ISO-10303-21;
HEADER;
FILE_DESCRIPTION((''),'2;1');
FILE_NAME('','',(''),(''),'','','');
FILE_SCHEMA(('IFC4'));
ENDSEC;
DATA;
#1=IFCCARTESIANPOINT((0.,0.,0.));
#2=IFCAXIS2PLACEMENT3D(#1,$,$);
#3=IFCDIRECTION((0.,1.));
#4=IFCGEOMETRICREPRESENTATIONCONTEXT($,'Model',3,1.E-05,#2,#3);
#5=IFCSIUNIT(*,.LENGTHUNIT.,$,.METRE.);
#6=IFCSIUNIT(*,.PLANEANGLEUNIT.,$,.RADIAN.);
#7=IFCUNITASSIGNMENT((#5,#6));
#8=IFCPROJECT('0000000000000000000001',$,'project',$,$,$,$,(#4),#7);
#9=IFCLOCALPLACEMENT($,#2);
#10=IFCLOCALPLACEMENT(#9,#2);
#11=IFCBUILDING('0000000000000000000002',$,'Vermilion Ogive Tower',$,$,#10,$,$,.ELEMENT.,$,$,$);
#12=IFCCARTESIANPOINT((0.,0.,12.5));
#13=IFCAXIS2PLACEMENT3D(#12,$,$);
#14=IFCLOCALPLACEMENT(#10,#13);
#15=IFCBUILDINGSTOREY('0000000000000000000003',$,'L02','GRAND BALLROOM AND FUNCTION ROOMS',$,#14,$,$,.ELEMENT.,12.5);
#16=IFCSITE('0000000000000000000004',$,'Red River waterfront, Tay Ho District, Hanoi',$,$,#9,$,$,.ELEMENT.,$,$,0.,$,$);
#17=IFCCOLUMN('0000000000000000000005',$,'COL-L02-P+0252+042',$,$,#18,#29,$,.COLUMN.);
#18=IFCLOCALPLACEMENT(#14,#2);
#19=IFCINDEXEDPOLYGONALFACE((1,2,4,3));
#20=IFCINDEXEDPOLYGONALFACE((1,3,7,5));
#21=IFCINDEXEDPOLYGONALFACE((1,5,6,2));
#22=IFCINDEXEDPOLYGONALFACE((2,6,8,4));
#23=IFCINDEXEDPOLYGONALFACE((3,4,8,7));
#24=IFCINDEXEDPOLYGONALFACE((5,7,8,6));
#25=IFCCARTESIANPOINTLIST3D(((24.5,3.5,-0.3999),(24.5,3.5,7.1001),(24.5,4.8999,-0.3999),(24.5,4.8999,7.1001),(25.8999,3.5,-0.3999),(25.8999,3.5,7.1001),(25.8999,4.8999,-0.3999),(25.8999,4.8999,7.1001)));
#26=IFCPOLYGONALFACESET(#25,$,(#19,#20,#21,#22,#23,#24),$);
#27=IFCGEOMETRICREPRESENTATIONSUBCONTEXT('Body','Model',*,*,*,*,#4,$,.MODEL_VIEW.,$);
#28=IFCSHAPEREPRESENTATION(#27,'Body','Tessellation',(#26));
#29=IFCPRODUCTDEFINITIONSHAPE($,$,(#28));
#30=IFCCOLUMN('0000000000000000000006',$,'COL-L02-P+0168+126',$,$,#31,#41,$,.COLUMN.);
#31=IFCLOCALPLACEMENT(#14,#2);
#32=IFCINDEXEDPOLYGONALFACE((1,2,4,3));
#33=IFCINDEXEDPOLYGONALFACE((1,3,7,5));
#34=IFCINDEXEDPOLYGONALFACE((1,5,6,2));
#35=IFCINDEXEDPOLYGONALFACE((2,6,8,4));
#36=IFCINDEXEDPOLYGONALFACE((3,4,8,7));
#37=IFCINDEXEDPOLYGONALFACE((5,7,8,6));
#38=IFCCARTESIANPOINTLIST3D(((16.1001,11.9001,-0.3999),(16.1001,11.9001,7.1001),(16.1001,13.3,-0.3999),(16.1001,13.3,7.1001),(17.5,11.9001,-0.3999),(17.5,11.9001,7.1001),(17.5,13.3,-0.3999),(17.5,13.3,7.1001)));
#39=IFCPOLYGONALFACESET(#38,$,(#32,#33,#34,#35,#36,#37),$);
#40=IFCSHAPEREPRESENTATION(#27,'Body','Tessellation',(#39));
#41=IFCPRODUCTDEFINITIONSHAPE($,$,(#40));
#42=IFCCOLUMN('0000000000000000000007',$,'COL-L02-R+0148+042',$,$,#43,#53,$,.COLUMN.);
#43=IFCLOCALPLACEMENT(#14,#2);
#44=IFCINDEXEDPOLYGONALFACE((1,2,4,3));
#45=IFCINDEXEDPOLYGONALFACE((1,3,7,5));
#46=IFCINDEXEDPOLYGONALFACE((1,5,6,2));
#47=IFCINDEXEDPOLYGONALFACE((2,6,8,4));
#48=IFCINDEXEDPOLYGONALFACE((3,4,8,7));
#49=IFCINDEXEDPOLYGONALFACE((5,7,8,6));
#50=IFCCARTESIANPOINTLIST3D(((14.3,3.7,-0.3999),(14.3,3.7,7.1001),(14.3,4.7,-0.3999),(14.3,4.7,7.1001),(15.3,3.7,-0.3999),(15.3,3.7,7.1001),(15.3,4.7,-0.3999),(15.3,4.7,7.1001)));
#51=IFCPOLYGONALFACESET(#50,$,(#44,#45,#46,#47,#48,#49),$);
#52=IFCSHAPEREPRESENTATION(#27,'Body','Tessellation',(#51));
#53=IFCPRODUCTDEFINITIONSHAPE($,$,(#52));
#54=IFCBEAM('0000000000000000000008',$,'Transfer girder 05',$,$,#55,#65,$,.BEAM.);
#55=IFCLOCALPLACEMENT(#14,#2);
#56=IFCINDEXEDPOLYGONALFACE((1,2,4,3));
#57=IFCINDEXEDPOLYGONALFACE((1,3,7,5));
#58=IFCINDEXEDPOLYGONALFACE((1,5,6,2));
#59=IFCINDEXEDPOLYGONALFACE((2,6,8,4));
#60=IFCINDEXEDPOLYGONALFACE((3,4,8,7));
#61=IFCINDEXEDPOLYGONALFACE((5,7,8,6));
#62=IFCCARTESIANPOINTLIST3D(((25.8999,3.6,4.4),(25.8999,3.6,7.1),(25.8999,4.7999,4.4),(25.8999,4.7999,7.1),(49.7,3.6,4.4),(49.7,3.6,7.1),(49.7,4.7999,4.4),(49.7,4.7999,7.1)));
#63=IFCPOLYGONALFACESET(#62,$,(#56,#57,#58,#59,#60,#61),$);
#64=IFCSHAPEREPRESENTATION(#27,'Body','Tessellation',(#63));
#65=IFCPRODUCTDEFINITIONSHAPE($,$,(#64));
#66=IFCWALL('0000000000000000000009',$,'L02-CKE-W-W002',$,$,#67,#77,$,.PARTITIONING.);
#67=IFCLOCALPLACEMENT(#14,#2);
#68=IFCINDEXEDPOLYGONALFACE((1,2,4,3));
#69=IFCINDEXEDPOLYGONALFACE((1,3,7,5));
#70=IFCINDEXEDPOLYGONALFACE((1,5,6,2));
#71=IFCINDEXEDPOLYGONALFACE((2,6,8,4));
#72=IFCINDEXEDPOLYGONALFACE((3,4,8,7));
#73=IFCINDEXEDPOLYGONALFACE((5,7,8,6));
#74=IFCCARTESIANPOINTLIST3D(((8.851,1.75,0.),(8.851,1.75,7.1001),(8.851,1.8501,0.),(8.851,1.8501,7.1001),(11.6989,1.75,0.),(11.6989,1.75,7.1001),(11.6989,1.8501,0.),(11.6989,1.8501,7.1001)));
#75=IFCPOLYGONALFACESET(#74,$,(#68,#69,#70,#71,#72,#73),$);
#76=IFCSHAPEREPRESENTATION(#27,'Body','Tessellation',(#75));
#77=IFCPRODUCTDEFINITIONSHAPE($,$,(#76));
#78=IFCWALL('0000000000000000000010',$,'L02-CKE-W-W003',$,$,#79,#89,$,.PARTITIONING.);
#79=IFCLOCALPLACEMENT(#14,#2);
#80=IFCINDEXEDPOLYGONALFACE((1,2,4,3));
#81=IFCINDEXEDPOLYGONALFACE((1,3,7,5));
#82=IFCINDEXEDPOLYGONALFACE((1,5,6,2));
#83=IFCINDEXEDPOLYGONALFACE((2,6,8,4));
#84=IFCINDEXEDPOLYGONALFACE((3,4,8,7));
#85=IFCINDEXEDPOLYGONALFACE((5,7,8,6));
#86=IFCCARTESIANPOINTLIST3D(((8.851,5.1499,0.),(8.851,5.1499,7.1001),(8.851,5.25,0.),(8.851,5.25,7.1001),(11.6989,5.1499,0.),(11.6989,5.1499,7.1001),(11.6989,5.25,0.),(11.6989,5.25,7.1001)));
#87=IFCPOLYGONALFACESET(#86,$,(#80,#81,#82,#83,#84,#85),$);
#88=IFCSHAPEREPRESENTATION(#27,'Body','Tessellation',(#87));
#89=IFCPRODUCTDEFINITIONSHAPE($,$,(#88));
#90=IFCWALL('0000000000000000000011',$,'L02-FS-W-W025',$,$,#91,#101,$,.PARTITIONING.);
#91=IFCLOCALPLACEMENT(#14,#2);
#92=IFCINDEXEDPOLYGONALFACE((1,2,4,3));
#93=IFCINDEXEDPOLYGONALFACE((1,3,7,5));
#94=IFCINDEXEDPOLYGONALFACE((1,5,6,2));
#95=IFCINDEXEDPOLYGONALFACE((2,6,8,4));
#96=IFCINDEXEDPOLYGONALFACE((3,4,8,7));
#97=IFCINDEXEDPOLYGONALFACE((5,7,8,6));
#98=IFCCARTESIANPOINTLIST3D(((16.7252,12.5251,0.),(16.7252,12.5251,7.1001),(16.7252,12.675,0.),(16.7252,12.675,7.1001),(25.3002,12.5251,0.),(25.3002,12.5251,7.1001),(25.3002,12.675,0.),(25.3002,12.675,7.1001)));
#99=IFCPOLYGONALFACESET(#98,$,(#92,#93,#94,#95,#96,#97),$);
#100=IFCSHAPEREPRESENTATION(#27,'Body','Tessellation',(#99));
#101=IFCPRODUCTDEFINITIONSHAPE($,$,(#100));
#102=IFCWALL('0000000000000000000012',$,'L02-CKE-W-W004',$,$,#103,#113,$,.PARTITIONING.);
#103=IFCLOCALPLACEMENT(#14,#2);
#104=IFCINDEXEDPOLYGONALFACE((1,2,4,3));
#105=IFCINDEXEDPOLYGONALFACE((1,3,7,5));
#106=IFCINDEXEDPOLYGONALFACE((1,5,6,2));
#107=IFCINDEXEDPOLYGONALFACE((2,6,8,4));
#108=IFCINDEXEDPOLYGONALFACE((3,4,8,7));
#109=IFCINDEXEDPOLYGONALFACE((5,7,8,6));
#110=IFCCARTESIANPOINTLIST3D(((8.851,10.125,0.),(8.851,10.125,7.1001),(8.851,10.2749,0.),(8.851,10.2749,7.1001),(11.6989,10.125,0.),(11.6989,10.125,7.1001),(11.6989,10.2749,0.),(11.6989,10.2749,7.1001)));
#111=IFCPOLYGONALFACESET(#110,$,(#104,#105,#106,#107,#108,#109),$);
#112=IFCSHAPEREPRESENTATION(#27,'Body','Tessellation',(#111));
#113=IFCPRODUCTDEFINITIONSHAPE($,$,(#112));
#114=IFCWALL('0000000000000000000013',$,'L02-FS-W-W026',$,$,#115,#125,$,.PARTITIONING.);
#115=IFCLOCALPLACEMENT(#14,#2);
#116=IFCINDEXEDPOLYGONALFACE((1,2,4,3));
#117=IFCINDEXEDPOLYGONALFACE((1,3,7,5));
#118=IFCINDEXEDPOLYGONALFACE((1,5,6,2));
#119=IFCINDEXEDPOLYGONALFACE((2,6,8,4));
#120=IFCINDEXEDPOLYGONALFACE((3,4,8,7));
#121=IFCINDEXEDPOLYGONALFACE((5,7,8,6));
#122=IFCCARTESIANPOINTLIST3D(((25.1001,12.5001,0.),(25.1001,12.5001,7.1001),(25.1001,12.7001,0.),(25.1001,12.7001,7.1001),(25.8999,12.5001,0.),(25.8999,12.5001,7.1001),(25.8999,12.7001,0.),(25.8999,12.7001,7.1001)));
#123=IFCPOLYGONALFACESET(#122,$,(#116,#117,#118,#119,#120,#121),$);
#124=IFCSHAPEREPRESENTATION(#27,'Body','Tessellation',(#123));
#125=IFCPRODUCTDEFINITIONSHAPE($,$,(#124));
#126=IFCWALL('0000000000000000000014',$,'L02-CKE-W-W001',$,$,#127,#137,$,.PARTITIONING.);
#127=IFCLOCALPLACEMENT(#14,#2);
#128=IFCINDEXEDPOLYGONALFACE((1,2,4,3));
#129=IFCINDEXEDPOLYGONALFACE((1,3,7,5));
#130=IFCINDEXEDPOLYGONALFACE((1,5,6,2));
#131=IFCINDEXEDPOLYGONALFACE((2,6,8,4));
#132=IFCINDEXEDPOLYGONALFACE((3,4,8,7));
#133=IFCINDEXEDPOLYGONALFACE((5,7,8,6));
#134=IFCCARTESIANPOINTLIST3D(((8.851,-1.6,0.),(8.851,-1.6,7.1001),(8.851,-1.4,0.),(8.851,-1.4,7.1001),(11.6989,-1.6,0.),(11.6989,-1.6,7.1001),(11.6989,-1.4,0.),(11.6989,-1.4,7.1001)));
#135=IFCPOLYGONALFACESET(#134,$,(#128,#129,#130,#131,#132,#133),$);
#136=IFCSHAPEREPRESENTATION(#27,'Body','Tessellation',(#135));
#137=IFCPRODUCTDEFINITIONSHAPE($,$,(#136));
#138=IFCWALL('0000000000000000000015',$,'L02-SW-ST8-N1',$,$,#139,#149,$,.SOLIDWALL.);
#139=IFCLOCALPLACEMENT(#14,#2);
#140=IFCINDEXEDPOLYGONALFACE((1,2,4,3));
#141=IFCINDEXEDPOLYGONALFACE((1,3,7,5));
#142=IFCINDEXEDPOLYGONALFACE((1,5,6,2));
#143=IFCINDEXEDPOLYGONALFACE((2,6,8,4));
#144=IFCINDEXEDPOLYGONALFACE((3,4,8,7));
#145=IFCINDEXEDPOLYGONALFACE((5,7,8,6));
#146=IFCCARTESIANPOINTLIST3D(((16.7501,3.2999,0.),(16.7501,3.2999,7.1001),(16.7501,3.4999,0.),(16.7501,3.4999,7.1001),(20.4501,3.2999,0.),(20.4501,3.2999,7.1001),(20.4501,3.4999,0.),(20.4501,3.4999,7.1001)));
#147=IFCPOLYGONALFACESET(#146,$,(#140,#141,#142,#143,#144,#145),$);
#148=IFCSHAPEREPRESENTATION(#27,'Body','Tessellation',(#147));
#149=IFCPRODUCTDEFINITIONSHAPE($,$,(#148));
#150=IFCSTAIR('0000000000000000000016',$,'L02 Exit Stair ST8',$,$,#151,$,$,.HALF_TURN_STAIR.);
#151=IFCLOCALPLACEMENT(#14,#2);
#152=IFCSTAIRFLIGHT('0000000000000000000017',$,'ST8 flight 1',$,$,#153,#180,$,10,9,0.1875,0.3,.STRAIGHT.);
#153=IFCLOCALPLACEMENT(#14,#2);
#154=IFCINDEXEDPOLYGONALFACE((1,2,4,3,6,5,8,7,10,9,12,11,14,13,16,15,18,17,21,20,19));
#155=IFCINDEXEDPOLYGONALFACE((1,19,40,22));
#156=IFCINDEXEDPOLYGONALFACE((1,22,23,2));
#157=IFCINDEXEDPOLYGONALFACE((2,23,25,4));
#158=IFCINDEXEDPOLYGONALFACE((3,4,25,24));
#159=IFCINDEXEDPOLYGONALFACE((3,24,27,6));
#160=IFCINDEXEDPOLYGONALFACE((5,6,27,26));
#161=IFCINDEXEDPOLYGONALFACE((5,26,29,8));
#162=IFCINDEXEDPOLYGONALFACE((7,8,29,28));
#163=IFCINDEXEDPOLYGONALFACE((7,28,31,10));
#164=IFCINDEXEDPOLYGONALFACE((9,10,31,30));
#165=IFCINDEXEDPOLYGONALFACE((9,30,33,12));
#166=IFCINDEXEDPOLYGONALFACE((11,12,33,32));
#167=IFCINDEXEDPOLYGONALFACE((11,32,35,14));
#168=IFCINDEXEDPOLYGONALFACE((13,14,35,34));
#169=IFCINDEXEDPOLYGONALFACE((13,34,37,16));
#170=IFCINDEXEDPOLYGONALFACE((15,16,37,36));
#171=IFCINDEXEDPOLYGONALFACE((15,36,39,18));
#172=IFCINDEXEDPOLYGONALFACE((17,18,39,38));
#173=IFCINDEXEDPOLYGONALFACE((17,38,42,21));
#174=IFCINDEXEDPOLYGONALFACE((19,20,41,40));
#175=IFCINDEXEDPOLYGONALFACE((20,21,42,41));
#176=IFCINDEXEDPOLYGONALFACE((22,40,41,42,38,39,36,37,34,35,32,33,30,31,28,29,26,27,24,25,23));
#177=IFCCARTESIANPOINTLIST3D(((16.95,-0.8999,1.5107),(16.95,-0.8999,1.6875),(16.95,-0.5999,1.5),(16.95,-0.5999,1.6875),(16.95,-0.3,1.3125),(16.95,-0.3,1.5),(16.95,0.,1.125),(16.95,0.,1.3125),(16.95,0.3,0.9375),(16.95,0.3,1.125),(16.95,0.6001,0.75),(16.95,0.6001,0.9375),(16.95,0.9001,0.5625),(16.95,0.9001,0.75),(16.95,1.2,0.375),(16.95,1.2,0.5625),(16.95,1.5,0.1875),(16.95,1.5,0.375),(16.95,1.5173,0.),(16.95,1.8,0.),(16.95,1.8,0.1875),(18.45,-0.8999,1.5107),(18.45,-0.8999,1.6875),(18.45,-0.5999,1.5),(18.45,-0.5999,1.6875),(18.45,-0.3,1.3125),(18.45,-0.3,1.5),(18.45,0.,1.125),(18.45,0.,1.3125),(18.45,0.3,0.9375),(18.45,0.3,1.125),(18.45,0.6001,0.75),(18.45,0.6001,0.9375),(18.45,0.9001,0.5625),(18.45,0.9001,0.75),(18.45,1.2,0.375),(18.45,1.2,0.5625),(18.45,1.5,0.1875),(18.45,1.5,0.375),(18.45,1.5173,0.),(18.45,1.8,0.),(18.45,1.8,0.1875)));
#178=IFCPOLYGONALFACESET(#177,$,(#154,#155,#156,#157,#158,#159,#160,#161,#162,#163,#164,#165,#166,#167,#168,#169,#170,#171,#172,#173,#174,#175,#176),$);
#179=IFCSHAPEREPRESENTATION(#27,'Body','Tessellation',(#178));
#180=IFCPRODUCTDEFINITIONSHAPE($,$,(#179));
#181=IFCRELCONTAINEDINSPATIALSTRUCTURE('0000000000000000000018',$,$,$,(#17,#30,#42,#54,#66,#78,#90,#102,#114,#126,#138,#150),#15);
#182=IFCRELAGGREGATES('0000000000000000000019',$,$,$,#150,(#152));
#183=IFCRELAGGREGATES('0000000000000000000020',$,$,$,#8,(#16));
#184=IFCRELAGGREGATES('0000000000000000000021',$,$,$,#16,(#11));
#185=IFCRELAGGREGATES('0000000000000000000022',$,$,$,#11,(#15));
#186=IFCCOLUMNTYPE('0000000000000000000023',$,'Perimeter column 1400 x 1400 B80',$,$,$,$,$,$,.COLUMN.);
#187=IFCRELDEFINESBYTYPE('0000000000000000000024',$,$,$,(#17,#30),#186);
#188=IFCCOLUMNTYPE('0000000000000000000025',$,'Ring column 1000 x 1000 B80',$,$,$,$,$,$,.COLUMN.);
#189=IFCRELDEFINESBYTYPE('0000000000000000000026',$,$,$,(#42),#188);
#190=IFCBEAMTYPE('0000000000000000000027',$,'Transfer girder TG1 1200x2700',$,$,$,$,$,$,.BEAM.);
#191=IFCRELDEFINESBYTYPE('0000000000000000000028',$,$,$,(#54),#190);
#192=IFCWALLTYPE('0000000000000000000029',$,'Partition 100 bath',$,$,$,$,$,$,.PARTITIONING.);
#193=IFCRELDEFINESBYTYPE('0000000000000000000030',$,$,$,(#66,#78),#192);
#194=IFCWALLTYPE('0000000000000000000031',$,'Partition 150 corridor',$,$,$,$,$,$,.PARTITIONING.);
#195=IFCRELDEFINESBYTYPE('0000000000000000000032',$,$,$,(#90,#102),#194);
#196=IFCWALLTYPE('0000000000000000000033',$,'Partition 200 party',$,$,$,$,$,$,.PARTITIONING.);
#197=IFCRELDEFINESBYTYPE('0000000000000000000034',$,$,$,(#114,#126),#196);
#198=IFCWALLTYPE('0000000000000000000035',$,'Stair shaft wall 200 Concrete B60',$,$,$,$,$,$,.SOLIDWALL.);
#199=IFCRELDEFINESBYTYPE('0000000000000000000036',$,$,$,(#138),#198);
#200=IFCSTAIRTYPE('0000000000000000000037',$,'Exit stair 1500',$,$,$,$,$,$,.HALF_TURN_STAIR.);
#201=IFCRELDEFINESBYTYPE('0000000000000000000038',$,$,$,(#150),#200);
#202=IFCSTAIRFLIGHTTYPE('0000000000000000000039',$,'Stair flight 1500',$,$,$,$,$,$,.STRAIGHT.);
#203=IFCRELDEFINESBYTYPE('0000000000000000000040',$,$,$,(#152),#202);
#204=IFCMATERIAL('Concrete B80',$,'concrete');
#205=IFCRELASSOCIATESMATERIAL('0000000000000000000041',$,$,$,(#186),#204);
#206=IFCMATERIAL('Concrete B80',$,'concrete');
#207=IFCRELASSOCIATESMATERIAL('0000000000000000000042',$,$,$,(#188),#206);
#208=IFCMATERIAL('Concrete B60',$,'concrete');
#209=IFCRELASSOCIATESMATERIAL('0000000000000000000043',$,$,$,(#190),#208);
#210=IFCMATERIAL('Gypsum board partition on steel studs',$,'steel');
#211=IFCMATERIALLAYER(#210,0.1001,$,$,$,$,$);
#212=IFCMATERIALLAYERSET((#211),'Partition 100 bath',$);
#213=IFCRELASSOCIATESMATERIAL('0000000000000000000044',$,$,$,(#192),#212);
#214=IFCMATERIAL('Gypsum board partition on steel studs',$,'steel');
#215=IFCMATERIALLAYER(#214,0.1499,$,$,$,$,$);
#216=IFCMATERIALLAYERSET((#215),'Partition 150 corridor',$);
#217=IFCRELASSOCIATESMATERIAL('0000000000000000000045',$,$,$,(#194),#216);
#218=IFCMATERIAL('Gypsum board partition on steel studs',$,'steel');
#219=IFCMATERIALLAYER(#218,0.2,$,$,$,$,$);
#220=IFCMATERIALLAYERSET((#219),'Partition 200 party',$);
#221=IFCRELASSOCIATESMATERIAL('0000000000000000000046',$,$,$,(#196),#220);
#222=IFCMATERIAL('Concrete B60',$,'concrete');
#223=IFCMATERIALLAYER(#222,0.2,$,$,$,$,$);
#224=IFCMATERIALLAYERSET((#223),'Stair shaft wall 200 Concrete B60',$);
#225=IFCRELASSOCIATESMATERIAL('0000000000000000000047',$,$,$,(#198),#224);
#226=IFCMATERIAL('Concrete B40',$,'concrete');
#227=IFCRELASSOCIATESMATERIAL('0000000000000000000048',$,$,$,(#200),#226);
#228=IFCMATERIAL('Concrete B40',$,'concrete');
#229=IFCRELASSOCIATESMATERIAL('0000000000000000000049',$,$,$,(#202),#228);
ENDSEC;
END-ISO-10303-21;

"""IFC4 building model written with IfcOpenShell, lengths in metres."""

from ifc_helpers import new_model, si_unit, direction, frame, frame_2d, origin, origin_2d, place, context, subcontext, project, spatial, polyline, rectangle, outline, extrude, material, layer, layer_set, material_profile, profile_set, type_object, element, aggregate, save


model = new_model("IFC4")

# Units and contexts
model_context = context("Model", 3, precision=1e-05, world=origin(), true_north=direction((0.0, 1.0)))
body_context = subcontext(model_context, "Body", "Model", "MODEL_VIEW")
ifc_project = project(units=[si_unit("LENGTHUNIT", "METRE"), si_unit("PLANEANGLEUNIT", "RADIAN")], contexts=[model_context])

# Site, building, storey
site_placement = place(None, origin())
site = spatial("IfcSite", under=ifc_project, at=site_placement, Name="Red River waterfront, Tay Ho District, Hanoi", CompositionType="ELEMENT", RefElevation=0.0)
building_placement = place(site_placement, origin())
building = spatial("IfcBuilding", under=site, at=building_placement, Name="Vermilion Ogive Tower", CompositionType="ELEMENT")
storey_placement = place(building_placement, frame((0.0, 0.0, 12.5)))
storey = spatial("IfcBuildingStorey", under=building, at=storey_placement, Name="L02", Description="GRAND BALLROOM AND FUNCTION ROOMS", CompositionType="ELEMENT", Elevation=12.5)

# Columns
ifc_material_1 = material(Name="Concrete B80", Category="concrete")
ifc_material_profile_1 = material_profile(ifc_material_1, rectangle(XDim=1.3999, YDim=1.3999, at=origin_2d()), Name="1400 x 1400")
ifc_profile_set_1 = profile_set([ifc_material_profile_1], Name="Concrete B80")
column_type_1 = type_object("IfcColumnType", Name="Perimeter column 1400 x 1400 B80", PredefinedType="COLUMN", material=ifc_profile_set_1)
for number, where, z_axis, x_axis, name in (
    (1, (25.2, 4.2, -0.3999), (0.0, 0.0, 1.0), (1.0, 0.0, 0.0), "COL-L02-P+0252+042"),
    (2, (16.8, 12.6001, -0.3999), (0.0, 0.0, 1.0), (1.0, 0.0, 0.0), "COL-L02-P+0168+126"),
):
    element("IfcColumn", number, at=place(storey_placement, frame(where, z_axis=z_axis, x_axis=x_axis)), inside=storey, type_object=column_type_1, Name=name, PredefinedType="COLUMN", context=body_context, shape_type="SweptSolid", body=[
        extrude(rectangle(XDim=1.3999, YDim=1.3999, at=origin_2d()), origin(), (0.0, 0.0, 1.0), 7.5),
    ])
ifc_material_2 = material(Name="Concrete B80", Category="concrete")
ifc_material_profile_2 = material_profile(ifc_material_2, rectangle(XDim=1.0, YDim=1.0, at=origin_2d()), Name="1000 x 1000")
ifc_profile_set_2 = profile_set([ifc_material_profile_2], Name="Concrete B80")
column_type_2 = type_object("IfcColumnType", Name="Ring column 1000 x 1000 B80", PredefinedType="COLUMN", material=ifc_profile_set_2)
column_placement = place(storey_placement, frame((14.8, 4.2, -0.3999), z_axis=(0.0, 0.0, 1.0), x_axis=(1.0, 0.0, 0.0)))
element("IfcColumn", 3, at=column_placement, inside=storey, type_object=column_type_2, Name="COL-L02-R+0148+042", PredefinedType="COLUMN", context=body_context, shape_type="SweptSolid", body=[
    extrude(rectangle(XDim=1.0, YDim=1.0, at=origin_2d()), origin(), (0.0, 0.0, 1.0), 7.5),
])

# Beam
ifc_material_3 = material(Name="Concrete B60", Category="concrete")
ifc_material_profile_3 = material_profile(ifc_material_3, rectangle(XDim=1.2, YDim=2.7, at=origin_2d()), Name="RC 1200x2700")
ifc_profile_set_3 = profile_set([ifc_material_profile_3], Name="Concrete B60")
beam_type = type_object("IfcBeamType", Name="Transfer girder TG1 1200x2700", PredefinedType="BEAM", material=ifc_profile_set_3)
beam_placement = place(storey_placement, frame((25.8999, 4.2, 5.75), z_axis=(1.0, 0.0, 0.0), x_axis=(0.0, 1.0, 0.0)))
element("IfcBeam", 4, at=beam_placement, inside=storey, type_object=beam_type, Name="Transfer girder 05", PredefinedType="BEAM", context=body_context, shape_type="SweptSolid", body=[
    extrude(rectangle(XDim=1.2, YDim=2.7, at=origin_2d()), origin(), (0.0, 0.0, 1.0), 23.8),
])

# Walls
ifc_material_4 = material(Name="Gypsum board partition on steel studs", Category="steel")
ifc_layer_1 = layer(ifc_material_4, 0.1001)
ifc_layer_set_1 = layer_set([ifc_layer_1], Name="Partition 100 bath")
wall_type_1 = type_object("IfcWallType", Name="Partition 100 bath", PredefinedType="PARTITIONING", material=ifc_layer_set_1)
for number, where, z_axis, x_axis, name in (
    (5, (8.8511, 1.8, 0.0), (0.0, 0.0, 1.0), (1.0, 0.0, 0.0), "L02-CKE-W-W002"),
    (6, (8.8511, 5.2, 0.0), (0.0, 0.0, 1.0), (1.0, 0.0, 0.0), "L02-CKE-W-W003"),
):
    element("IfcWall", number, at=place(storey_placement, frame(where, z_axis=z_axis, x_axis=x_axis)), inside=storey, type_object=wall_type_1, Name=name, PredefinedType="PARTITIONING", context=body_context, shape_type="SweptSolid", body=[
        extrude(rectangle(XDim=2.8479, YDim=0.1001, at=frame_2d((1.4238, 0.0))), origin(), (0.0, 0.0, 1.0), 7.1001),
    ])
ifc_material_5 = material(Name="Gypsum board partition on steel studs", Category="steel")
ifc_layer_2 = layer(ifc_material_5, 0.1499)
ifc_layer_set_2 = layer_set([ifc_layer_2], Name="Partition 150 corridor")
wall_type_2 = type_object("IfcWallType", Name="Partition 150 corridor", PredefinedType="PARTITIONING", material=ifc_layer_set_2)
wall_1_placement = place(storey_placement, frame((16.7251, 12.6001, 0.0), z_axis=(0.0, 0.0, 1.0), x_axis=(1.0, 0.0, 0.0)))
element("IfcWall", 7, at=wall_1_placement, inside=storey, type_object=wall_type_2, Name="L02-FS-W-W025", PredefinedType="PARTITIONING", context=body_context, shape_type="SweptSolid", body=[
    extrude(rectangle(XDim=8.575, YDim=0.1499, at=frame_2d((4.2876, 0.0))), origin(), (0.0, 0.0, 1.0), 7.1001),
])
wall_2_placement = place(storey_placement, frame((8.8511, 10.2, 0.0), z_axis=(0.0, 0.0, 1.0), x_axis=(1.0, 0.0, 0.0)))
element("IfcWall", 8, at=wall_2_placement, inside=storey, type_object=wall_type_2, Name="L02-CKE-W-W004", PredefinedType="PARTITIONING", context=body_context, shape_type="SweptSolid", body=[
    extrude(rectangle(XDim=2.8479, YDim=0.1499, at=frame_2d((1.4238, 0.0))), origin(), (0.0, 0.0, 1.0), 7.1001),
])
ifc_material_6 = material(Name="Gypsum board partition on steel studs", Category="steel")
ifc_layer_3 = layer(ifc_material_6, 0.2)
ifc_layer_set_3 = layer_set([ifc_layer_3], Name="Partition 200 party")
wall_type_3 = type_object("IfcWallType", Name="Partition 200 party", PredefinedType="PARTITIONING", material=ifc_layer_set_3)
wall_3_placement = place(storey_placement, frame((25.1001, 12.6001, 0.0), z_axis=(0.0, 0.0, 1.0), x_axis=(1.0, 0.0, 0.0)))
element("IfcWall", 9, at=wall_3_placement, inside=storey, type_object=wall_type_3, Name="L02-FS-W-W026", PredefinedType="PARTITIONING", context=body_context, shape_type="SweptSolid", body=[
    extrude(rectangle(XDim=0.7998, YDim=0.2, at=frame_2d((0.3999, 0.0))), origin(), (0.0, 0.0, 1.0), 7.1001),
])
wall_4_placement = place(storey_placement, frame((8.8511, -1.5, 0.0), z_axis=(0.0, 0.0, 1.0), x_axis=(1.0, 0.0, 0.0)))
element("IfcWall", 10, at=wall_4_placement, inside=storey, type_object=wall_type_3, Name="L02-CKE-W-W001", PredefinedType="PARTITIONING", context=body_context, shape_type="SweptSolid", body=[
    extrude(rectangle(XDim=2.8479, YDim=0.2, at=frame_2d((1.4238, 0.0))), origin(), (0.0, 0.0, 1.0), 7.1001),
])
ifc_material_7 = material(Name="Concrete B60", Category="concrete")
ifc_layer_4 = layer(ifc_material_7, 0.2)
ifc_layer_set_4 = layer_set([ifc_layer_4], Name="Stair shaft wall 200 Concrete B60")
wall_type_4 = type_object("IfcWallType", Name="Stair shaft wall 200 Concrete B60", PredefinedType="SOLIDWALL", material=ifc_layer_set_4)
wall_5_placement = place(storey_placement, frame((16.75, 3.3999, 0.0), z_axis=(0.0, 0.0, 1.0), x_axis=(1.0, 0.0, 0.0)))
element("IfcWall", 11, at=wall_5_placement, inside=storey, type_object=wall_type_4, Name="L02-SW-ST8-N1", PredefinedType="SOLIDWALL", context=body_context, shape_type="SweptSolid", body=[
    extrude(rectangle(XDim=3.7, YDim=0.2, at=frame_2d((1.8501, 0.0))), origin(), (0.0, 0.0, 1.0), 7.1001),
])

# Stair, stair flight
ifc_material_8 = material(Name="Concrete B40", Category="concrete")
stair_type = type_object("IfcStairType", Name="Exit stair 1500", PredefinedType="HALF_TURN_STAIR", material=ifc_material_8)
stair_placement = place(storey_placement, origin())
stair = element("IfcStair", 12, at=stair_placement, inside=storey, type_object=stair_type, Name="L02 Exit Stair ST8", PredefinedType="HALF_TURN_STAIR")
ifc_material_9 = material(Name="Concrete B40", Category="concrete")
stair_flight_type = type_object("IfcStairFlightType", Name="Stair flight 1500", PredefinedType="STRAIGHT", material=ifc_material_9)
stair_flight_1_placement = place(storey_placement, frame((17.7, 1.8, 0.0), z_axis=(0.0, 0.0, 1.0), x_axis=(0.0, -1.0, 0.0)))
stair_flight_1 = element("IfcStairFlight", 13, at=stair_flight_1_placement, type_object=stair_flight_type, Name="ST8 flight 1", NumberOfRisers=10, NumberOfTreads=9, PredefinedType="STRAIGHT", RiserHeight=0.1875, TreadLength=0.3, context=body_context, shape_type="SweptSolid", body=[
    extrude(outline(polyline([(0.0, 0.0), (0.0, 0.1875), (0.3, 0.1875), (0.3, 0.375), (0.6001, 0.375), (0.6001, 0.5625), (0.8999, 0.5625), (0.8999, 0.75), (1.2, 0.75), (1.2, 0.9375), (1.5, 0.9375), (1.5, 1.125), (1.8, 1.125), (1.8, 1.3125), (2.1001, 1.3125), (2.1001, 1.5), (2.3999, 1.5), (2.3999, 1.6875), (2.7, 1.6875), (2.7, 1.875), (2.7, 1.5107), (0.2827, 0.0), (0.0, 0.0)])), frame((0.0, 0.75, 0.0), z_axis=(0.0, -1.0, 0.0), x_axis=(1.0, 0.0, 0.0)), (0.0, 0.0, 1.0), 1.5),
])
aggregate(stair, [stair_flight_1])

save(model, "model.ifc")
